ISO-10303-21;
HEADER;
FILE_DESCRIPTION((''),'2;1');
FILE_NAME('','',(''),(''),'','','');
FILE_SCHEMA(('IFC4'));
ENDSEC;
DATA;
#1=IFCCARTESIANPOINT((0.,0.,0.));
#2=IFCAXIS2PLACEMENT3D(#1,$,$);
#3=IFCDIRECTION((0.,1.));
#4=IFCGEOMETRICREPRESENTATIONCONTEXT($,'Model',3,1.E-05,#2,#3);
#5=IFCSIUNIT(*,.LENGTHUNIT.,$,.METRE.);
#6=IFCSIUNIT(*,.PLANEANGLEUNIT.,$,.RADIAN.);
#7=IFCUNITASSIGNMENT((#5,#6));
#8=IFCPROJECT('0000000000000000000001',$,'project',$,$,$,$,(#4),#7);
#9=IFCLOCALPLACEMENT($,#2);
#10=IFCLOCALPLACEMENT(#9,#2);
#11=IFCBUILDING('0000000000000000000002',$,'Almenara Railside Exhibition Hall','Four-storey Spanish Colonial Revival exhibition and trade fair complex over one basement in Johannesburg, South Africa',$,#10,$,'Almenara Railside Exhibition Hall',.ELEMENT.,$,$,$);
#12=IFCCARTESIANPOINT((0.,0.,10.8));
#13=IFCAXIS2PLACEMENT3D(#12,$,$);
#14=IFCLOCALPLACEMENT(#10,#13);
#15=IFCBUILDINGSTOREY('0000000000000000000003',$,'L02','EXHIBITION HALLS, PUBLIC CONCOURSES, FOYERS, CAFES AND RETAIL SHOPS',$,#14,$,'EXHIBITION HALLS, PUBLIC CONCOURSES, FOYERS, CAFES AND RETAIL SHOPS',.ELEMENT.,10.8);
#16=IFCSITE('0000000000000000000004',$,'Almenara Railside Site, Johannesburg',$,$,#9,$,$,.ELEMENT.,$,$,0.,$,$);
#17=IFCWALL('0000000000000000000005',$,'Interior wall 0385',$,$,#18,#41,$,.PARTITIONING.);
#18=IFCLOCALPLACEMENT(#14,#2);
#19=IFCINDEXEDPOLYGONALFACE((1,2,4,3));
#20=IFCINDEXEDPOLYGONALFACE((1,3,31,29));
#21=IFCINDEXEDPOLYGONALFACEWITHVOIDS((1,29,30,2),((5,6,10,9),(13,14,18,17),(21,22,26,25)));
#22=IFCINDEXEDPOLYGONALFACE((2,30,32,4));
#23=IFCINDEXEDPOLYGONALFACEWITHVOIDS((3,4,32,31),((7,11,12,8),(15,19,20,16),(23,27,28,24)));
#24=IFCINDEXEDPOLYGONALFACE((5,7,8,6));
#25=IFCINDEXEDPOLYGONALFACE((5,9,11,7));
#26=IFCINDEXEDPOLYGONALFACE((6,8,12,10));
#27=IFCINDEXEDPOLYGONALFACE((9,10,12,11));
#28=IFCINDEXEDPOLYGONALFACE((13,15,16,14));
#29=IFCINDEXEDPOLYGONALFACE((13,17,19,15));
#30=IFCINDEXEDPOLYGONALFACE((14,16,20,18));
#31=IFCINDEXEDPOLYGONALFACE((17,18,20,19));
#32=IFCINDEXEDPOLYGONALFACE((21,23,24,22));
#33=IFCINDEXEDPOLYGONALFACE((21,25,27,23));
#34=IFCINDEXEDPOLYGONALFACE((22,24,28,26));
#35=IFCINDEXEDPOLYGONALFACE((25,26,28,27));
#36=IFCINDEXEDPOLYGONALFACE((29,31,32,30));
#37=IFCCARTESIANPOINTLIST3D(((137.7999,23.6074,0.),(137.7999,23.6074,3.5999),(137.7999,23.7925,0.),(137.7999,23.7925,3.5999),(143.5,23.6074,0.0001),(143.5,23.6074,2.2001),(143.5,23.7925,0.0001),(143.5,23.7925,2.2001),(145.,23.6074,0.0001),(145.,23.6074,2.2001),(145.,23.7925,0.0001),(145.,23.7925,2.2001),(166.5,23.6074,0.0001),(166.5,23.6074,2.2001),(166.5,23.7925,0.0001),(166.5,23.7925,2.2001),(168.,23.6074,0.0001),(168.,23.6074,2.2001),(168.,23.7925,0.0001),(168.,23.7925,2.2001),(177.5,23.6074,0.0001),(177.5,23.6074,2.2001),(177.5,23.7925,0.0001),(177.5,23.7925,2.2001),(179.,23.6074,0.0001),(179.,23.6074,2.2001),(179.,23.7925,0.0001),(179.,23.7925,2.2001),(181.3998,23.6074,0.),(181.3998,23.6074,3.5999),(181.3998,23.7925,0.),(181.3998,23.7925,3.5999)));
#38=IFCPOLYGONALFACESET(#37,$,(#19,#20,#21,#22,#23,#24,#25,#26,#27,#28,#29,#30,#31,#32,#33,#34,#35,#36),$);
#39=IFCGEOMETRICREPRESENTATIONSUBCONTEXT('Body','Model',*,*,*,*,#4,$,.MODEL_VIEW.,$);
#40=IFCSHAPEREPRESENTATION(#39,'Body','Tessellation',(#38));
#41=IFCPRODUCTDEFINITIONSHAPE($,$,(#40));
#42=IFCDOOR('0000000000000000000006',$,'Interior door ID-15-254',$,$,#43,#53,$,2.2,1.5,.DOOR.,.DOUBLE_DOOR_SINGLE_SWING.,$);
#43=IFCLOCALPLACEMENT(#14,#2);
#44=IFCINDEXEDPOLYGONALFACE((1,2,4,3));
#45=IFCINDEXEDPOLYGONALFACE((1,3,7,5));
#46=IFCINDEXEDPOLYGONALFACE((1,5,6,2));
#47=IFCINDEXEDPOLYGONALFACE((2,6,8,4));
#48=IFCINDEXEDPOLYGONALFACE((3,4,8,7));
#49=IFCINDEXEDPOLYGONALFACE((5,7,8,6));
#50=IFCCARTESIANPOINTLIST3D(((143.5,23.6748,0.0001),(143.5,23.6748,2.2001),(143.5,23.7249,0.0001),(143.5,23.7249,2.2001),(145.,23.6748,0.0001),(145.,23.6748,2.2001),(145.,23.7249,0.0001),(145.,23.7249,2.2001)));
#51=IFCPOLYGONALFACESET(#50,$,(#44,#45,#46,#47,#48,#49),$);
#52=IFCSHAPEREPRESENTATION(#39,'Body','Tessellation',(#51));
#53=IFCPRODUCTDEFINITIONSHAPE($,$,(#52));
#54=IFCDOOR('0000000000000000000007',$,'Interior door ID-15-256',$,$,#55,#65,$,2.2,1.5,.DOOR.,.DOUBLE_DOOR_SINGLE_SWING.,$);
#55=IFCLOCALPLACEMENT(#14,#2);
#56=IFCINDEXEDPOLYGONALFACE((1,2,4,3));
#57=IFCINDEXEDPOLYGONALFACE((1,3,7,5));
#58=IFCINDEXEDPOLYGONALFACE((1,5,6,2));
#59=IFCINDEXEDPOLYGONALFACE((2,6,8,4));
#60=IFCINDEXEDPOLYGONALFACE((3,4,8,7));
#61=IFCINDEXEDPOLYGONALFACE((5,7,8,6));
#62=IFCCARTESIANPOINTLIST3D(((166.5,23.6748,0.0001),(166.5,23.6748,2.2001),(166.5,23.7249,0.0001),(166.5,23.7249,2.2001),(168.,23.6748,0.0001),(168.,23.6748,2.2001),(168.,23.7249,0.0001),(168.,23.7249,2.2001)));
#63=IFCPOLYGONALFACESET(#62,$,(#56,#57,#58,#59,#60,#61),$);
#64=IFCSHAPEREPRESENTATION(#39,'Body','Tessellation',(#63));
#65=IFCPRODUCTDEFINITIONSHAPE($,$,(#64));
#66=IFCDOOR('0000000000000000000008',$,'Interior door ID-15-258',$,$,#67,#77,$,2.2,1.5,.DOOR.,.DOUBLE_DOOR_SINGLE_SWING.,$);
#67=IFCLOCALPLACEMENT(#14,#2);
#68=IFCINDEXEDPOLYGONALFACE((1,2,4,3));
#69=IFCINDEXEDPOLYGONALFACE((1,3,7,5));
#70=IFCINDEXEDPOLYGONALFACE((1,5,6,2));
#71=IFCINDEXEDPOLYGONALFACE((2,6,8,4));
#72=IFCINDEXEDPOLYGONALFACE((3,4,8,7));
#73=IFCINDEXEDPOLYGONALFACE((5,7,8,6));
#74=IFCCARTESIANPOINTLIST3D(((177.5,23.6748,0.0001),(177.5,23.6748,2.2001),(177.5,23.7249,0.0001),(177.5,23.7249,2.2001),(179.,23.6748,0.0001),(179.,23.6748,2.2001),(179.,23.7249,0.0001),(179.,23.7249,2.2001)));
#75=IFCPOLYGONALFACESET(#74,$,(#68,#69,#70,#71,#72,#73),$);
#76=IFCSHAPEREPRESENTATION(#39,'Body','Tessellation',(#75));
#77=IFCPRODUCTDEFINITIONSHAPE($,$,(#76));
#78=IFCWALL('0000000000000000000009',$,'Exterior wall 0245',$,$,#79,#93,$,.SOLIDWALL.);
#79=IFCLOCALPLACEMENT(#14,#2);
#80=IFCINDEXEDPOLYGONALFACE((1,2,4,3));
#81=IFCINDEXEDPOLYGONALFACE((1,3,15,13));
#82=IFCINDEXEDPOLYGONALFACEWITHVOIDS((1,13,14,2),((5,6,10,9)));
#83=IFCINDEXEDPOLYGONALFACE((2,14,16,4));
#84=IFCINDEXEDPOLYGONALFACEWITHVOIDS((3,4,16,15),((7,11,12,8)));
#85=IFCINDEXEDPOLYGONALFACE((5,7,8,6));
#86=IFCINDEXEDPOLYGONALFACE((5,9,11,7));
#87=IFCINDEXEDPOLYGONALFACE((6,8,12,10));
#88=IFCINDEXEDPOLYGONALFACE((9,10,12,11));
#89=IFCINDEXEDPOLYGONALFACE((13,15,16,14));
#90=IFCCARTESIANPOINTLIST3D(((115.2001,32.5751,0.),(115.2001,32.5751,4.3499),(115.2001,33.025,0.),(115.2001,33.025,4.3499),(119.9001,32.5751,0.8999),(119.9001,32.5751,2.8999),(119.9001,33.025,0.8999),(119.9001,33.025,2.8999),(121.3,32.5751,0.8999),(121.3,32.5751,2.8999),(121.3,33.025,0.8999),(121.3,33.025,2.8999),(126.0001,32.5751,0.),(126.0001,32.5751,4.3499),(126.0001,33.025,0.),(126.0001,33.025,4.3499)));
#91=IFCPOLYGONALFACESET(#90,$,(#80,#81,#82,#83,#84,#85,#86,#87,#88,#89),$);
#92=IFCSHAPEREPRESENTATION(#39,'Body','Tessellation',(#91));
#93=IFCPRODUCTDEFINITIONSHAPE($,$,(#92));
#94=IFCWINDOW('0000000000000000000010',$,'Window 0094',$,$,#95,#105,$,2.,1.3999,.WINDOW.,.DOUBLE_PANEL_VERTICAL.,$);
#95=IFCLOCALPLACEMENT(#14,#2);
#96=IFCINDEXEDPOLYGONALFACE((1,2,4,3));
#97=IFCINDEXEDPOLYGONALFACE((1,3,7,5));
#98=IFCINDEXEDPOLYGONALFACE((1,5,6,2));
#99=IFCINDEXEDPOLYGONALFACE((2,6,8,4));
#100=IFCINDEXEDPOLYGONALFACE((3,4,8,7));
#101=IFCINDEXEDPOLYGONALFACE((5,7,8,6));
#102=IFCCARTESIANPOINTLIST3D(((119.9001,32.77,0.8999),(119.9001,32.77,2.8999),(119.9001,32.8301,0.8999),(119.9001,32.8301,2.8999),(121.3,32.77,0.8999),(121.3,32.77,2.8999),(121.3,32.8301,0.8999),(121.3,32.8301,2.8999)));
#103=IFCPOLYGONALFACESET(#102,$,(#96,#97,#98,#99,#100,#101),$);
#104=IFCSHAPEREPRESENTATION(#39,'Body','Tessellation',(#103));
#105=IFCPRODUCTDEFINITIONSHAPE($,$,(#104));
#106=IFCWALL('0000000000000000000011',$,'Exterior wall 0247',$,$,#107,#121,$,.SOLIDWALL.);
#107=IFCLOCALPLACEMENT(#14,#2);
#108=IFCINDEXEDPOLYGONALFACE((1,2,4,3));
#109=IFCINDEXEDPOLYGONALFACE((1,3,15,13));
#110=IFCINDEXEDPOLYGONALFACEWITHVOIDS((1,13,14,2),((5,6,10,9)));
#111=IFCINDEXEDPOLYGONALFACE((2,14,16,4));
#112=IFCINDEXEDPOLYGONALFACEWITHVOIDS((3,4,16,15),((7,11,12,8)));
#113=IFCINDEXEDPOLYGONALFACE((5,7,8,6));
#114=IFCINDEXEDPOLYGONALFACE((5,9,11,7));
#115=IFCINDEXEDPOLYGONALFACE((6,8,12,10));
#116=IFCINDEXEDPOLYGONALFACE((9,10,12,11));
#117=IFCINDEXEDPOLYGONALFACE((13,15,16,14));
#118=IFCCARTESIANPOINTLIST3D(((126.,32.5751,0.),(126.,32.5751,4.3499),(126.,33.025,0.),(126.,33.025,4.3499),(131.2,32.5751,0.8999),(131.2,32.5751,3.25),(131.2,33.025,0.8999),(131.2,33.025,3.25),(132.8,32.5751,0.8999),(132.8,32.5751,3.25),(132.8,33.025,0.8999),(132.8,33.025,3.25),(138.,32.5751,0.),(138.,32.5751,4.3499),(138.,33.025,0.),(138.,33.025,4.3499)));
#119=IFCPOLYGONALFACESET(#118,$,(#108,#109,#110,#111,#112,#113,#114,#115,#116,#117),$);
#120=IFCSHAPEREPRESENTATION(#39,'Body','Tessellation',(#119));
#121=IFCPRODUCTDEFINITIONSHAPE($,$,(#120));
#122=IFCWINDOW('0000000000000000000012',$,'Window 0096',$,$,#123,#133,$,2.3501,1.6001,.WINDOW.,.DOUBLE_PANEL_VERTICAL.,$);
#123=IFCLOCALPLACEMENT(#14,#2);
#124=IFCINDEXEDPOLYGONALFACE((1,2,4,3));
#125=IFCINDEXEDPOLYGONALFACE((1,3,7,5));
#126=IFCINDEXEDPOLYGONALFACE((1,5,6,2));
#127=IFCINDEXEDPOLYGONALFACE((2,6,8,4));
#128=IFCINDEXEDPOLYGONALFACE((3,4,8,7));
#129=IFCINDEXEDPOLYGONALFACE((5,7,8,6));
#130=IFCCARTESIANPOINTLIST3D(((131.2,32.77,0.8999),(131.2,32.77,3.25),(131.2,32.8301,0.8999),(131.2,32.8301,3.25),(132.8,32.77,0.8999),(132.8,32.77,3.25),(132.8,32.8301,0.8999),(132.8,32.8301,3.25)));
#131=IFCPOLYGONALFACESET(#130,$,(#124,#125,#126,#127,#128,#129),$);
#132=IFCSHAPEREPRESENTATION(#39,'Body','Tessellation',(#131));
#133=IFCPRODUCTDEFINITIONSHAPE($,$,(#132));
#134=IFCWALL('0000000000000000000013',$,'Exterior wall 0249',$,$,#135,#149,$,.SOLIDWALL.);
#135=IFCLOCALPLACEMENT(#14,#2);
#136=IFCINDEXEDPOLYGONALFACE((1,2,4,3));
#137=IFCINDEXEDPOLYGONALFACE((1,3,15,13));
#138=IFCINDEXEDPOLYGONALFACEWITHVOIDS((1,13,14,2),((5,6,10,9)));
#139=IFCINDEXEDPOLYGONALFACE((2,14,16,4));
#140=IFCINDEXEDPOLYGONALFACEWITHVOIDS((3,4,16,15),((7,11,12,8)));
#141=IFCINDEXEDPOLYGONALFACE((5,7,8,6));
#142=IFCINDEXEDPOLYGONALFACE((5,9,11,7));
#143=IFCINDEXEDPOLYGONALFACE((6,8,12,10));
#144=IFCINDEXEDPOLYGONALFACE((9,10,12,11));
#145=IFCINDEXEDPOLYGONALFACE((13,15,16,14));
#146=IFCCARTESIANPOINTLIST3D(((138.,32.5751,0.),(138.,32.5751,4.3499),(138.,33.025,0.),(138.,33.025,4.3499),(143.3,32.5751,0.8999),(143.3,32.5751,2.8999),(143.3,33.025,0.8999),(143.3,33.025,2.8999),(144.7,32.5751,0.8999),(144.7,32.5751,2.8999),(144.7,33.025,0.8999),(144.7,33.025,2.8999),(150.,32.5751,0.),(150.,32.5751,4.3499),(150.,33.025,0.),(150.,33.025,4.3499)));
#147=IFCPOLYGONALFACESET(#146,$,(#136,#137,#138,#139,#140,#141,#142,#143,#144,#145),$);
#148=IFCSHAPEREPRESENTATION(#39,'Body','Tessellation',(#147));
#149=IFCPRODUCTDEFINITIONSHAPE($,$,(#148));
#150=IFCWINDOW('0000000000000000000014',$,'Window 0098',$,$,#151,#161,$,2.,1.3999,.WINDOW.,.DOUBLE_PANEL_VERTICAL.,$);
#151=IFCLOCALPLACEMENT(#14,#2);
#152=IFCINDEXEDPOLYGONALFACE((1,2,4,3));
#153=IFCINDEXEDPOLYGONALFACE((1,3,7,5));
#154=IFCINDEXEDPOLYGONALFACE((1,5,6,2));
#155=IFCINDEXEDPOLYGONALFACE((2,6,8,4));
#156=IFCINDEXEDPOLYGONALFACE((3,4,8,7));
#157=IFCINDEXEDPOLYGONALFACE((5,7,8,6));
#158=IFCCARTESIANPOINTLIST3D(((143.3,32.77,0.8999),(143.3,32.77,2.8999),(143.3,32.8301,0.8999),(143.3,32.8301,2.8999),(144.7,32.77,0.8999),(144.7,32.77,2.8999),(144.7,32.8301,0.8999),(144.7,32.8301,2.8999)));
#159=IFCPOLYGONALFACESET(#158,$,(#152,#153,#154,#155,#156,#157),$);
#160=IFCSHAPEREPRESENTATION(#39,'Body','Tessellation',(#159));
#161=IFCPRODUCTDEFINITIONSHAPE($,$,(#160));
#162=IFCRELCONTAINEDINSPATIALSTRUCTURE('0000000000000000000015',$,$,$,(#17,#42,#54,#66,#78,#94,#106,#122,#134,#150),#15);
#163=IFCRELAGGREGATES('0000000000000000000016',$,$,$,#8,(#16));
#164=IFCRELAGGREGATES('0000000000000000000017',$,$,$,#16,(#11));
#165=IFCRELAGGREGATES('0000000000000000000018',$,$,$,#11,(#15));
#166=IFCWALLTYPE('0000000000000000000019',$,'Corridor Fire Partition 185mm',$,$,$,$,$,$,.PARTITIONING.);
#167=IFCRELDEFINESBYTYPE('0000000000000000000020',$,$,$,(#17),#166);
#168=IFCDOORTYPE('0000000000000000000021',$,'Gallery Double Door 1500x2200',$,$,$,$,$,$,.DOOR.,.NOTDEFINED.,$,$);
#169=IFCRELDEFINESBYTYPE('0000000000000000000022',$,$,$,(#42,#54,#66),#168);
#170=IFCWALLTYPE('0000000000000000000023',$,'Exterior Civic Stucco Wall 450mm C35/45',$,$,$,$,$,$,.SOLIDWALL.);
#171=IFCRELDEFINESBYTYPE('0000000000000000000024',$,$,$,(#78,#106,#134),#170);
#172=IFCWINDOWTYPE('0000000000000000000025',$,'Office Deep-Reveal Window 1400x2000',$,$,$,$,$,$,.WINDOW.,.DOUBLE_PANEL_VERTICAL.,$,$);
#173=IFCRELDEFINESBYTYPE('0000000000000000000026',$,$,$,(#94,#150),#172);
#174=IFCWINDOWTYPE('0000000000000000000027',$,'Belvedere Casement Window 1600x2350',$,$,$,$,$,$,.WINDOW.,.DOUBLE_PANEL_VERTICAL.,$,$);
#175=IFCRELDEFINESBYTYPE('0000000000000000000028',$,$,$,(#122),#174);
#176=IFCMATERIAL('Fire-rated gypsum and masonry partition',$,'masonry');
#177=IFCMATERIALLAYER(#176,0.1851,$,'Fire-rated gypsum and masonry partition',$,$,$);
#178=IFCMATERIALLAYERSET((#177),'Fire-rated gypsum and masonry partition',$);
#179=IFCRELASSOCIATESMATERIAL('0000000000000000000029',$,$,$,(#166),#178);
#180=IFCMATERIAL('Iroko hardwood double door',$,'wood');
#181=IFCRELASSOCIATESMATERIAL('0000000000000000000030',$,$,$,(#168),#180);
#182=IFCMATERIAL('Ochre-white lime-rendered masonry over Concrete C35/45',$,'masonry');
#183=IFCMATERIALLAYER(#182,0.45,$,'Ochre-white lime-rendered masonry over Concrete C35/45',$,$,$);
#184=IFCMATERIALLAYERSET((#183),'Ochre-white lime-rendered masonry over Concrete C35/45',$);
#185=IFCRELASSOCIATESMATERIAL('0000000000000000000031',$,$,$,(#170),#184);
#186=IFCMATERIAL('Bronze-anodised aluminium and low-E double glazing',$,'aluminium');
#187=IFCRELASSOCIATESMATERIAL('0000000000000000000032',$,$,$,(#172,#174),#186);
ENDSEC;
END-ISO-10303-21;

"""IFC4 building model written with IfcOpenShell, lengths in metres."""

from ifc_helpers import new_model, si_unit, direction, frame, frame_2d, origin, place, context, subcontext, project, spatial, rectangle, extrude, material, layer, layer_set, type_object, element, fill, save


model = new_model("IFC4")

# Units and contexts
model_context = context("Model", 3, precision=1e-05, world=origin(), true_north=direction((0.0, 1.0)))
body_context = subcontext(model_context, "Body", "Model", "MODEL_VIEW")
ifc_project = project(units=[si_unit("LENGTHUNIT", "METRE"), si_unit("PLANEANGLEUNIT", "RADIAN")], contexts=[model_context])

# Site, building, storey
site_placement = place(None, origin())
site = spatial("IfcSite", under=ifc_project, at=site_placement, Name="Almenara Railside Site, Johannesburg", CompositionType="ELEMENT", RefElevation=0.0)
building_placement = place(site_placement, origin())
building = spatial("IfcBuilding", under=site, at=building_placement, Name="Almenara Railside Exhibition Hall", Description="Four-storey Spanish Colonial Revival exhibition and trade fair complex over one basement in Johannesburg, South Africa", LongName="Almenara Railside Exhibition Hall", CompositionType="ELEMENT")
storey_placement = place(building_placement, frame((0.0, 0.0, 10.8)))
storey = spatial("IfcBuildingStorey", under=building, at=storey_placement, Name="L02", Description="EXHIBITION HALLS, PUBLIC CONCOURSES, FOYERS, CAFES AND RETAIL SHOPS", LongName="EXHIBITION HALLS, PUBLIC CONCOURSES, FOYERS, CAFES AND RETAIL SHOPS", CompositionType="ELEMENT", Elevation=10.8)

# Wall, openings, doors
ifc_material_1 = material(Name="Fire-rated gypsum and masonry partition", Category="masonry")
ifc_layer_1 = layer(ifc_material_1, 0.1851, Name="Fire-rated gypsum and masonry partition")
ifc_layer_set_1 = layer_set([ifc_layer_1], Name="Fire-rated gypsum and masonry partition")
wall_type_1 = type_object("IfcWallType", Name="Corridor Fire Partition 185mm", PredefinedType="PARTITIONING", material=ifc_layer_set_1)
wall_1_placement = place(storey_placement, frame((137.8, 23.7, 0.0), z_axis=(0.0, 0.0, 1.0), x_axis=(1.0, 0.0, 0.0)))
wall_1 = element("IfcWall", 1, at=wall_1_placement, inside=storey, type_object=wall_type_1, Name="Interior wall 0385", PredefinedType="PARTITIONING", context=body_context, shape_type="SweptSolid", body=[
    extrude(rectangle(XDim=43.5999, YDim=0.1851, at=frame_2d((21.7998, 0.0))), origin(), (0.0, 0.0, 1.0), 3.5999),
])
opening_1_placement = place(wall_1_placement, frame((5.7, 0.0, 0.0)))
opening_1 = element("IfcOpeningElement", 2, at=opening_1_placement, cuts=wall_1, PredefinedType="OPENING", context=body_context, shape_type="SweptSolid", body=[
    extrude(rectangle(XDim=1.5, YDim=2.2, at=frame_2d((0.75, 1.1001))), frame((0.0, 0.1025, 0.0), z_axis=(0.0, -1.0, 0.0), x_axis=(1.0, 0.0, 0.0)), (0.0, 0.0, 1.0), 0.2051),
])
opening_2_placement = place(wall_1_placement, frame((28.7, 0.0, 0.0)))
opening_2 = element("IfcOpeningElement", 3, at=opening_2_placement, cuts=wall_1, PredefinedType="OPENING", context=body_context, shape_type="SweptSolid", body=[
    extrude(rectangle(XDim=1.5, YDim=2.2, at=frame_2d((0.75, 1.1001))), frame((0.0, 0.1025, 0.0), z_axis=(0.0, -1.0, 0.0), x_axis=(1.0, 0.0, 0.0)), (0.0, 0.0, 1.0), 0.2051),
])
opening_3_placement = place(wall_1_placement, frame((39.7, 0.0, 0.0)))
opening_3 = element("IfcOpeningElement", 4, at=opening_3_placement, cuts=wall_1, PredefinedType="OPENING", context=body_context, shape_type="SweptSolid", body=[
    extrude(rectangle(XDim=1.5, YDim=2.2, at=frame_2d((0.75, 1.1001))), frame((0.0, 0.1025, 0.0), z_axis=(0.0, -1.0, 0.0), x_axis=(1.0, 0.0, 0.0)), (0.0, 0.0, 1.0), 0.2051),
])
ifc_material_2 = material(Name="Iroko hardwood double door", Category="wood")
door_type = type_object("IfcDoorType", Name="Gallery Double Door 1500x2200", OperationType="NOTDEFINED", PredefinedType="DOOR", material=ifc_material_2)
door_1_placement = place(opening_1_placement, origin())
door_1 = element("IfcDoor", 5, at=door_1_placement, inside=storey, type_object=door_type, Name="Interior door ID-15-254", OperationType="DOUBLE_DOOR_SINGLE_SWING", OverallHeight=2.2, OverallWidth=1.5, PredefinedType="DOOR", context=body_context, shape_type="SweptSolid", body=[
    extrude(rectangle(XDim=1.5, YDim=2.2, at=frame_2d((0.75, 1.1001))), frame((0.0, 0.0249, 0.0), z_axis=(0.0, -1.0, 0.0), x_axis=(1.0, 0.0, 0.0)), (0.0, 0.0, 1.0), 0.05),
])
fill(opening_1, door_1)
door_2_placement = place(opening_2_placement, origin())
door_2 = element("IfcDoor", 6, at=door_2_placement, inside=storey, type_object=door_type, Name="Interior door ID-15-256", OperationType="DOUBLE_DOOR_SINGLE_SWING", OverallHeight=2.2, OverallWidth=1.5, PredefinedType="DOOR", context=body_context, shape_type="SweptSolid", body=[
    extrude(rectangle(XDim=1.5, YDim=2.2, at=frame_2d((0.75, 1.1001))), frame((0.0, 0.0249, 0.0), z_axis=(0.0, -1.0, 0.0), x_axis=(1.0, 0.0, 0.0)), (0.0, 0.0, 1.0), 0.05),
])
fill(opening_2, door_2)
door_3_placement = place(opening_3_placement, origin())
door_3 = element("IfcDoor", 7, at=door_3_placement, inside=storey, type_object=door_type, Name="Interior door ID-15-258", OperationType="DOUBLE_DOOR_SINGLE_SWING", OverallHeight=2.2, OverallWidth=1.5, PredefinedType="DOOR", context=body_context, shape_type="SweptSolid", body=[
    extrude(rectangle(XDim=1.5, YDim=2.2, at=frame_2d((0.75, 1.1001))), frame((0.0, 0.0249, 0.0), z_axis=(0.0, -1.0, 0.0), x_axis=(1.0, 0.0, 0.0)), (0.0, 0.0, 1.0), 0.05),
])
fill(opening_3, door_3)

# Walls, openings, windows
ifc_material_3 = material(Name="Ochre-white lime-rendered masonry over Concrete C35/45", Category="masonry")
ifc_layer_2 = layer(ifc_material_3, 0.45, Name="Ochre-white lime-rendered masonry over Concrete C35/45")
ifc_layer_set_2 = layer_set([ifc_layer_2], Name="Ochre-white lime-rendered masonry over Concrete C35/45")
wall_type_2 = type_object("IfcWallType", Name="Exterior Civic Stucco Wall 450mm C35/45", PredefinedType="SOLIDWALL", material=ifc_layer_set_2)
wall_2_placement = place(storey_placement, frame((126.0, 32.8, 0.0), z_axis=(0.0, 0.0, 1.0), x_axis=(-1.0, 0.0, 0.0)))
wall_2 = element("IfcWall", 8, at=wall_2_placement, inside=storey, type_object=wall_type_2, Name="Exterior wall 0245", PredefinedType="SOLIDWALL", context=body_context, shape_type="SweptSolid", body=[
    extrude(rectangle(XDim=10.8, YDim=0.45, at=frame_2d((5.3999, 0.0))), origin(), (0.0, 0.0, 1.0), 4.3499),
])
opening_4_placement = place(wall_2_placement, frame((4.7, 0.0, 0.8999)))
opening_4 = element("IfcOpeningElement", 9, at=opening_4_placement, cuts=wall_2, PredefinedType="OPENING", context=body_context, shape_type="SweptSolid", body=[
    extrude(rectangle(XDim=1.3999, YDim=2.0, at=frame_2d((0.7, 1.0))), frame((0.0, 0.2349, 0.0), z_axis=(0.0, -1.0, 0.0), x_axis=(1.0, 0.0, 0.0)), (0.0, 0.0, 1.0), 0.47),
])
ifc_material_4 = material(Name="Bronze-anodised aluminium and low-E double glazing", Category="aluminium")
window_type_1 = type_object("IfcWindowType", Name="Office Deep-Reveal Window 1400x2000", PartitioningType="DOUBLE_PANEL_VERTICAL", PredefinedType="WINDOW", material=ifc_material_4)
window_1_placement = place(opening_4_placement, origin())
window_1 = element("IfcWindow", 10, at=window_1_placement, inside=storey, type_object=window_type_1, Name="Window 0094", OverallHeight=2.0, OverallWidth=1.3999, PartitioningType="DOUBLE_PANEL_VERTICAL", PredefinedType="WINDOW", context=body_context, shape_type="SweptSolid", body=[
    extrude(rectangle(XDim=1.3999, YDim=2.0, at=frame_2d((0.7, 1.0))), frame((0.0, 0.03, 0.0), z_axis=(0.0, -1.0, 0.0), x_axis=(1.0, 0.0, 0.0)), (0.0, 0.0, 1.0), 0.0601),
])
fill(opening_4, window_1)
wall_3_placement = place(storey_placement, frame((138.0, 32.8, 0.0), z_axis=(0.0, 0.0, 1.0), x_axis=(-1.0, 0.0, 0.0)))
wall_3 = element("IfcWall", 11, at=wall_3_placement, inside=storey, type_object=wall_type_2, Name="Exterior wall 0247", PredefinedType="SOLIDWALL", context=body_context, shape_type="SweptSolid", body=[
    extrude(rectangle(XDim=12.0, YDim=0.45, at=frame_2d((6.0, 0.0))), origin(), (0.0, 0.0, 1.0), 4.3499),
])
opening_5_placement = place(wall_3_placement, frame((5.2, 0.0, 0.8999)))
opening_5 = element("IfcOpeningElement", 12, at=opening_5_placement, cuts=wall_3, PredefinedType="OPENING", context=body_context, shape_type="SweptSolid", body=[
    extrude(rectangle(XDim=1.6001, YDim=2.3501, at=frame_2d((0.8, 1.175))), frame((0.0, 0.2349, 0.0), z_axis=(0.0, -1.0, 0.0), x_axis=(1.0, 0.0, 0.0)), (0.0, 0.0, 1.0), 0.47),
])
window_type_2 = type_object("IfcWindowType", Name="Belvedere Casement Window 1600x2350", PartitioningType="DOUBLE_PANEL_VERTICAL", PredefinedType="WINDOW", material=ifc_material_4)
window_2_placement = place(opening_5_placement, origin())
window_2 = element("IfcWindow", 13, at=window_2_placement, inside=storey, type_object=window_type_2, Name="Window 0096", OverallHeight=2.3501, OverallWidth=1.6001, PartitioningType="DOUBLE_PANEL_VERTICAL", PredefinedType="WINDOW", context=body_context, shape_type="SweptSolid", body=[
    extrude(rectangle(XDim=1.6001, YDim=2.3501, at=frame_2d((0.8, 1.175))), frame((0.0, 0.03, 0.0), z_axis=(0.0, -1.0, 0.0), x_axis=(1.0, 0.0, 0.0)), (0.0, 0.0, 1.0), 0.0601),
])
fill(opening_5, window_2)
wall_4_placement = place(storey_placement, frame((150.0, 32.8, 0.0), z_axis=(0.0, 0.0, 1.0), x_axis=(-1.0, 0.0, 0.0)))
wall_4 = element("IfcWall", 14, at=wall_4_placement, inside=storey, type_object=wall_type_2, Name="Exterior wall 0249", PredefinedType="SOLIDWALL", context=body_context, shape_type="SweptSolid", body=[
    extrude(rectangle(XDim=12.0, YDim=0.45, at=frame_2d((6.0, 0.0))), origin(), (0.0, 0.0, 1.0), 4.3499),
])
opening_6_placement = place(wall_4_placement, frame((5.3, 0.0, 0.8999)))
opening_6 = element("IfcOpeningElement", 15, at=opening_6_placement, cuts=wall_4, PredefinedType="OPENING", context=body_context, shape_type="SweptSolid", body=[
    extrude(rectangle(XDim=1.3999, YDim=2.0, at=frame_2d((0.7, 1.0))), frame((0.0, 0.2349, 0.0), z_axis=(0.0, -1.0, 0.0), x_axis=(1.0, 0.0, 0.0)), (0.0, 0.0, 1.0), 0.47),
])
window_3_placement = place(opening_6_placement, origin())
window_3 = element("IfcWindow", 16, at=window_3_placement, inside=storey, type_object=window_type_1, Name="Window 0098", OverallHeight=2.0, OverallWidth=1.3999, PartitioningType="DOUBLE_PANEL_VERTICAL", PredefinedType="WINDOW", context=body_context, shape_type="SweptSolid", body=[
    extrude(rectangle(XDim=1.3999, YDim=2.0, at=frame_2d((0.7, 1.0))), frame((0.0, 0.03, 0.0), z_axis=(0.0, -1.0, 0.0), x_axis=(1.0, 0.0, 0.0)), (0.0, 0.0, 1.0), 0.0601),
])
fill(opening_6, window_3)

save(model, "model.ifc")
